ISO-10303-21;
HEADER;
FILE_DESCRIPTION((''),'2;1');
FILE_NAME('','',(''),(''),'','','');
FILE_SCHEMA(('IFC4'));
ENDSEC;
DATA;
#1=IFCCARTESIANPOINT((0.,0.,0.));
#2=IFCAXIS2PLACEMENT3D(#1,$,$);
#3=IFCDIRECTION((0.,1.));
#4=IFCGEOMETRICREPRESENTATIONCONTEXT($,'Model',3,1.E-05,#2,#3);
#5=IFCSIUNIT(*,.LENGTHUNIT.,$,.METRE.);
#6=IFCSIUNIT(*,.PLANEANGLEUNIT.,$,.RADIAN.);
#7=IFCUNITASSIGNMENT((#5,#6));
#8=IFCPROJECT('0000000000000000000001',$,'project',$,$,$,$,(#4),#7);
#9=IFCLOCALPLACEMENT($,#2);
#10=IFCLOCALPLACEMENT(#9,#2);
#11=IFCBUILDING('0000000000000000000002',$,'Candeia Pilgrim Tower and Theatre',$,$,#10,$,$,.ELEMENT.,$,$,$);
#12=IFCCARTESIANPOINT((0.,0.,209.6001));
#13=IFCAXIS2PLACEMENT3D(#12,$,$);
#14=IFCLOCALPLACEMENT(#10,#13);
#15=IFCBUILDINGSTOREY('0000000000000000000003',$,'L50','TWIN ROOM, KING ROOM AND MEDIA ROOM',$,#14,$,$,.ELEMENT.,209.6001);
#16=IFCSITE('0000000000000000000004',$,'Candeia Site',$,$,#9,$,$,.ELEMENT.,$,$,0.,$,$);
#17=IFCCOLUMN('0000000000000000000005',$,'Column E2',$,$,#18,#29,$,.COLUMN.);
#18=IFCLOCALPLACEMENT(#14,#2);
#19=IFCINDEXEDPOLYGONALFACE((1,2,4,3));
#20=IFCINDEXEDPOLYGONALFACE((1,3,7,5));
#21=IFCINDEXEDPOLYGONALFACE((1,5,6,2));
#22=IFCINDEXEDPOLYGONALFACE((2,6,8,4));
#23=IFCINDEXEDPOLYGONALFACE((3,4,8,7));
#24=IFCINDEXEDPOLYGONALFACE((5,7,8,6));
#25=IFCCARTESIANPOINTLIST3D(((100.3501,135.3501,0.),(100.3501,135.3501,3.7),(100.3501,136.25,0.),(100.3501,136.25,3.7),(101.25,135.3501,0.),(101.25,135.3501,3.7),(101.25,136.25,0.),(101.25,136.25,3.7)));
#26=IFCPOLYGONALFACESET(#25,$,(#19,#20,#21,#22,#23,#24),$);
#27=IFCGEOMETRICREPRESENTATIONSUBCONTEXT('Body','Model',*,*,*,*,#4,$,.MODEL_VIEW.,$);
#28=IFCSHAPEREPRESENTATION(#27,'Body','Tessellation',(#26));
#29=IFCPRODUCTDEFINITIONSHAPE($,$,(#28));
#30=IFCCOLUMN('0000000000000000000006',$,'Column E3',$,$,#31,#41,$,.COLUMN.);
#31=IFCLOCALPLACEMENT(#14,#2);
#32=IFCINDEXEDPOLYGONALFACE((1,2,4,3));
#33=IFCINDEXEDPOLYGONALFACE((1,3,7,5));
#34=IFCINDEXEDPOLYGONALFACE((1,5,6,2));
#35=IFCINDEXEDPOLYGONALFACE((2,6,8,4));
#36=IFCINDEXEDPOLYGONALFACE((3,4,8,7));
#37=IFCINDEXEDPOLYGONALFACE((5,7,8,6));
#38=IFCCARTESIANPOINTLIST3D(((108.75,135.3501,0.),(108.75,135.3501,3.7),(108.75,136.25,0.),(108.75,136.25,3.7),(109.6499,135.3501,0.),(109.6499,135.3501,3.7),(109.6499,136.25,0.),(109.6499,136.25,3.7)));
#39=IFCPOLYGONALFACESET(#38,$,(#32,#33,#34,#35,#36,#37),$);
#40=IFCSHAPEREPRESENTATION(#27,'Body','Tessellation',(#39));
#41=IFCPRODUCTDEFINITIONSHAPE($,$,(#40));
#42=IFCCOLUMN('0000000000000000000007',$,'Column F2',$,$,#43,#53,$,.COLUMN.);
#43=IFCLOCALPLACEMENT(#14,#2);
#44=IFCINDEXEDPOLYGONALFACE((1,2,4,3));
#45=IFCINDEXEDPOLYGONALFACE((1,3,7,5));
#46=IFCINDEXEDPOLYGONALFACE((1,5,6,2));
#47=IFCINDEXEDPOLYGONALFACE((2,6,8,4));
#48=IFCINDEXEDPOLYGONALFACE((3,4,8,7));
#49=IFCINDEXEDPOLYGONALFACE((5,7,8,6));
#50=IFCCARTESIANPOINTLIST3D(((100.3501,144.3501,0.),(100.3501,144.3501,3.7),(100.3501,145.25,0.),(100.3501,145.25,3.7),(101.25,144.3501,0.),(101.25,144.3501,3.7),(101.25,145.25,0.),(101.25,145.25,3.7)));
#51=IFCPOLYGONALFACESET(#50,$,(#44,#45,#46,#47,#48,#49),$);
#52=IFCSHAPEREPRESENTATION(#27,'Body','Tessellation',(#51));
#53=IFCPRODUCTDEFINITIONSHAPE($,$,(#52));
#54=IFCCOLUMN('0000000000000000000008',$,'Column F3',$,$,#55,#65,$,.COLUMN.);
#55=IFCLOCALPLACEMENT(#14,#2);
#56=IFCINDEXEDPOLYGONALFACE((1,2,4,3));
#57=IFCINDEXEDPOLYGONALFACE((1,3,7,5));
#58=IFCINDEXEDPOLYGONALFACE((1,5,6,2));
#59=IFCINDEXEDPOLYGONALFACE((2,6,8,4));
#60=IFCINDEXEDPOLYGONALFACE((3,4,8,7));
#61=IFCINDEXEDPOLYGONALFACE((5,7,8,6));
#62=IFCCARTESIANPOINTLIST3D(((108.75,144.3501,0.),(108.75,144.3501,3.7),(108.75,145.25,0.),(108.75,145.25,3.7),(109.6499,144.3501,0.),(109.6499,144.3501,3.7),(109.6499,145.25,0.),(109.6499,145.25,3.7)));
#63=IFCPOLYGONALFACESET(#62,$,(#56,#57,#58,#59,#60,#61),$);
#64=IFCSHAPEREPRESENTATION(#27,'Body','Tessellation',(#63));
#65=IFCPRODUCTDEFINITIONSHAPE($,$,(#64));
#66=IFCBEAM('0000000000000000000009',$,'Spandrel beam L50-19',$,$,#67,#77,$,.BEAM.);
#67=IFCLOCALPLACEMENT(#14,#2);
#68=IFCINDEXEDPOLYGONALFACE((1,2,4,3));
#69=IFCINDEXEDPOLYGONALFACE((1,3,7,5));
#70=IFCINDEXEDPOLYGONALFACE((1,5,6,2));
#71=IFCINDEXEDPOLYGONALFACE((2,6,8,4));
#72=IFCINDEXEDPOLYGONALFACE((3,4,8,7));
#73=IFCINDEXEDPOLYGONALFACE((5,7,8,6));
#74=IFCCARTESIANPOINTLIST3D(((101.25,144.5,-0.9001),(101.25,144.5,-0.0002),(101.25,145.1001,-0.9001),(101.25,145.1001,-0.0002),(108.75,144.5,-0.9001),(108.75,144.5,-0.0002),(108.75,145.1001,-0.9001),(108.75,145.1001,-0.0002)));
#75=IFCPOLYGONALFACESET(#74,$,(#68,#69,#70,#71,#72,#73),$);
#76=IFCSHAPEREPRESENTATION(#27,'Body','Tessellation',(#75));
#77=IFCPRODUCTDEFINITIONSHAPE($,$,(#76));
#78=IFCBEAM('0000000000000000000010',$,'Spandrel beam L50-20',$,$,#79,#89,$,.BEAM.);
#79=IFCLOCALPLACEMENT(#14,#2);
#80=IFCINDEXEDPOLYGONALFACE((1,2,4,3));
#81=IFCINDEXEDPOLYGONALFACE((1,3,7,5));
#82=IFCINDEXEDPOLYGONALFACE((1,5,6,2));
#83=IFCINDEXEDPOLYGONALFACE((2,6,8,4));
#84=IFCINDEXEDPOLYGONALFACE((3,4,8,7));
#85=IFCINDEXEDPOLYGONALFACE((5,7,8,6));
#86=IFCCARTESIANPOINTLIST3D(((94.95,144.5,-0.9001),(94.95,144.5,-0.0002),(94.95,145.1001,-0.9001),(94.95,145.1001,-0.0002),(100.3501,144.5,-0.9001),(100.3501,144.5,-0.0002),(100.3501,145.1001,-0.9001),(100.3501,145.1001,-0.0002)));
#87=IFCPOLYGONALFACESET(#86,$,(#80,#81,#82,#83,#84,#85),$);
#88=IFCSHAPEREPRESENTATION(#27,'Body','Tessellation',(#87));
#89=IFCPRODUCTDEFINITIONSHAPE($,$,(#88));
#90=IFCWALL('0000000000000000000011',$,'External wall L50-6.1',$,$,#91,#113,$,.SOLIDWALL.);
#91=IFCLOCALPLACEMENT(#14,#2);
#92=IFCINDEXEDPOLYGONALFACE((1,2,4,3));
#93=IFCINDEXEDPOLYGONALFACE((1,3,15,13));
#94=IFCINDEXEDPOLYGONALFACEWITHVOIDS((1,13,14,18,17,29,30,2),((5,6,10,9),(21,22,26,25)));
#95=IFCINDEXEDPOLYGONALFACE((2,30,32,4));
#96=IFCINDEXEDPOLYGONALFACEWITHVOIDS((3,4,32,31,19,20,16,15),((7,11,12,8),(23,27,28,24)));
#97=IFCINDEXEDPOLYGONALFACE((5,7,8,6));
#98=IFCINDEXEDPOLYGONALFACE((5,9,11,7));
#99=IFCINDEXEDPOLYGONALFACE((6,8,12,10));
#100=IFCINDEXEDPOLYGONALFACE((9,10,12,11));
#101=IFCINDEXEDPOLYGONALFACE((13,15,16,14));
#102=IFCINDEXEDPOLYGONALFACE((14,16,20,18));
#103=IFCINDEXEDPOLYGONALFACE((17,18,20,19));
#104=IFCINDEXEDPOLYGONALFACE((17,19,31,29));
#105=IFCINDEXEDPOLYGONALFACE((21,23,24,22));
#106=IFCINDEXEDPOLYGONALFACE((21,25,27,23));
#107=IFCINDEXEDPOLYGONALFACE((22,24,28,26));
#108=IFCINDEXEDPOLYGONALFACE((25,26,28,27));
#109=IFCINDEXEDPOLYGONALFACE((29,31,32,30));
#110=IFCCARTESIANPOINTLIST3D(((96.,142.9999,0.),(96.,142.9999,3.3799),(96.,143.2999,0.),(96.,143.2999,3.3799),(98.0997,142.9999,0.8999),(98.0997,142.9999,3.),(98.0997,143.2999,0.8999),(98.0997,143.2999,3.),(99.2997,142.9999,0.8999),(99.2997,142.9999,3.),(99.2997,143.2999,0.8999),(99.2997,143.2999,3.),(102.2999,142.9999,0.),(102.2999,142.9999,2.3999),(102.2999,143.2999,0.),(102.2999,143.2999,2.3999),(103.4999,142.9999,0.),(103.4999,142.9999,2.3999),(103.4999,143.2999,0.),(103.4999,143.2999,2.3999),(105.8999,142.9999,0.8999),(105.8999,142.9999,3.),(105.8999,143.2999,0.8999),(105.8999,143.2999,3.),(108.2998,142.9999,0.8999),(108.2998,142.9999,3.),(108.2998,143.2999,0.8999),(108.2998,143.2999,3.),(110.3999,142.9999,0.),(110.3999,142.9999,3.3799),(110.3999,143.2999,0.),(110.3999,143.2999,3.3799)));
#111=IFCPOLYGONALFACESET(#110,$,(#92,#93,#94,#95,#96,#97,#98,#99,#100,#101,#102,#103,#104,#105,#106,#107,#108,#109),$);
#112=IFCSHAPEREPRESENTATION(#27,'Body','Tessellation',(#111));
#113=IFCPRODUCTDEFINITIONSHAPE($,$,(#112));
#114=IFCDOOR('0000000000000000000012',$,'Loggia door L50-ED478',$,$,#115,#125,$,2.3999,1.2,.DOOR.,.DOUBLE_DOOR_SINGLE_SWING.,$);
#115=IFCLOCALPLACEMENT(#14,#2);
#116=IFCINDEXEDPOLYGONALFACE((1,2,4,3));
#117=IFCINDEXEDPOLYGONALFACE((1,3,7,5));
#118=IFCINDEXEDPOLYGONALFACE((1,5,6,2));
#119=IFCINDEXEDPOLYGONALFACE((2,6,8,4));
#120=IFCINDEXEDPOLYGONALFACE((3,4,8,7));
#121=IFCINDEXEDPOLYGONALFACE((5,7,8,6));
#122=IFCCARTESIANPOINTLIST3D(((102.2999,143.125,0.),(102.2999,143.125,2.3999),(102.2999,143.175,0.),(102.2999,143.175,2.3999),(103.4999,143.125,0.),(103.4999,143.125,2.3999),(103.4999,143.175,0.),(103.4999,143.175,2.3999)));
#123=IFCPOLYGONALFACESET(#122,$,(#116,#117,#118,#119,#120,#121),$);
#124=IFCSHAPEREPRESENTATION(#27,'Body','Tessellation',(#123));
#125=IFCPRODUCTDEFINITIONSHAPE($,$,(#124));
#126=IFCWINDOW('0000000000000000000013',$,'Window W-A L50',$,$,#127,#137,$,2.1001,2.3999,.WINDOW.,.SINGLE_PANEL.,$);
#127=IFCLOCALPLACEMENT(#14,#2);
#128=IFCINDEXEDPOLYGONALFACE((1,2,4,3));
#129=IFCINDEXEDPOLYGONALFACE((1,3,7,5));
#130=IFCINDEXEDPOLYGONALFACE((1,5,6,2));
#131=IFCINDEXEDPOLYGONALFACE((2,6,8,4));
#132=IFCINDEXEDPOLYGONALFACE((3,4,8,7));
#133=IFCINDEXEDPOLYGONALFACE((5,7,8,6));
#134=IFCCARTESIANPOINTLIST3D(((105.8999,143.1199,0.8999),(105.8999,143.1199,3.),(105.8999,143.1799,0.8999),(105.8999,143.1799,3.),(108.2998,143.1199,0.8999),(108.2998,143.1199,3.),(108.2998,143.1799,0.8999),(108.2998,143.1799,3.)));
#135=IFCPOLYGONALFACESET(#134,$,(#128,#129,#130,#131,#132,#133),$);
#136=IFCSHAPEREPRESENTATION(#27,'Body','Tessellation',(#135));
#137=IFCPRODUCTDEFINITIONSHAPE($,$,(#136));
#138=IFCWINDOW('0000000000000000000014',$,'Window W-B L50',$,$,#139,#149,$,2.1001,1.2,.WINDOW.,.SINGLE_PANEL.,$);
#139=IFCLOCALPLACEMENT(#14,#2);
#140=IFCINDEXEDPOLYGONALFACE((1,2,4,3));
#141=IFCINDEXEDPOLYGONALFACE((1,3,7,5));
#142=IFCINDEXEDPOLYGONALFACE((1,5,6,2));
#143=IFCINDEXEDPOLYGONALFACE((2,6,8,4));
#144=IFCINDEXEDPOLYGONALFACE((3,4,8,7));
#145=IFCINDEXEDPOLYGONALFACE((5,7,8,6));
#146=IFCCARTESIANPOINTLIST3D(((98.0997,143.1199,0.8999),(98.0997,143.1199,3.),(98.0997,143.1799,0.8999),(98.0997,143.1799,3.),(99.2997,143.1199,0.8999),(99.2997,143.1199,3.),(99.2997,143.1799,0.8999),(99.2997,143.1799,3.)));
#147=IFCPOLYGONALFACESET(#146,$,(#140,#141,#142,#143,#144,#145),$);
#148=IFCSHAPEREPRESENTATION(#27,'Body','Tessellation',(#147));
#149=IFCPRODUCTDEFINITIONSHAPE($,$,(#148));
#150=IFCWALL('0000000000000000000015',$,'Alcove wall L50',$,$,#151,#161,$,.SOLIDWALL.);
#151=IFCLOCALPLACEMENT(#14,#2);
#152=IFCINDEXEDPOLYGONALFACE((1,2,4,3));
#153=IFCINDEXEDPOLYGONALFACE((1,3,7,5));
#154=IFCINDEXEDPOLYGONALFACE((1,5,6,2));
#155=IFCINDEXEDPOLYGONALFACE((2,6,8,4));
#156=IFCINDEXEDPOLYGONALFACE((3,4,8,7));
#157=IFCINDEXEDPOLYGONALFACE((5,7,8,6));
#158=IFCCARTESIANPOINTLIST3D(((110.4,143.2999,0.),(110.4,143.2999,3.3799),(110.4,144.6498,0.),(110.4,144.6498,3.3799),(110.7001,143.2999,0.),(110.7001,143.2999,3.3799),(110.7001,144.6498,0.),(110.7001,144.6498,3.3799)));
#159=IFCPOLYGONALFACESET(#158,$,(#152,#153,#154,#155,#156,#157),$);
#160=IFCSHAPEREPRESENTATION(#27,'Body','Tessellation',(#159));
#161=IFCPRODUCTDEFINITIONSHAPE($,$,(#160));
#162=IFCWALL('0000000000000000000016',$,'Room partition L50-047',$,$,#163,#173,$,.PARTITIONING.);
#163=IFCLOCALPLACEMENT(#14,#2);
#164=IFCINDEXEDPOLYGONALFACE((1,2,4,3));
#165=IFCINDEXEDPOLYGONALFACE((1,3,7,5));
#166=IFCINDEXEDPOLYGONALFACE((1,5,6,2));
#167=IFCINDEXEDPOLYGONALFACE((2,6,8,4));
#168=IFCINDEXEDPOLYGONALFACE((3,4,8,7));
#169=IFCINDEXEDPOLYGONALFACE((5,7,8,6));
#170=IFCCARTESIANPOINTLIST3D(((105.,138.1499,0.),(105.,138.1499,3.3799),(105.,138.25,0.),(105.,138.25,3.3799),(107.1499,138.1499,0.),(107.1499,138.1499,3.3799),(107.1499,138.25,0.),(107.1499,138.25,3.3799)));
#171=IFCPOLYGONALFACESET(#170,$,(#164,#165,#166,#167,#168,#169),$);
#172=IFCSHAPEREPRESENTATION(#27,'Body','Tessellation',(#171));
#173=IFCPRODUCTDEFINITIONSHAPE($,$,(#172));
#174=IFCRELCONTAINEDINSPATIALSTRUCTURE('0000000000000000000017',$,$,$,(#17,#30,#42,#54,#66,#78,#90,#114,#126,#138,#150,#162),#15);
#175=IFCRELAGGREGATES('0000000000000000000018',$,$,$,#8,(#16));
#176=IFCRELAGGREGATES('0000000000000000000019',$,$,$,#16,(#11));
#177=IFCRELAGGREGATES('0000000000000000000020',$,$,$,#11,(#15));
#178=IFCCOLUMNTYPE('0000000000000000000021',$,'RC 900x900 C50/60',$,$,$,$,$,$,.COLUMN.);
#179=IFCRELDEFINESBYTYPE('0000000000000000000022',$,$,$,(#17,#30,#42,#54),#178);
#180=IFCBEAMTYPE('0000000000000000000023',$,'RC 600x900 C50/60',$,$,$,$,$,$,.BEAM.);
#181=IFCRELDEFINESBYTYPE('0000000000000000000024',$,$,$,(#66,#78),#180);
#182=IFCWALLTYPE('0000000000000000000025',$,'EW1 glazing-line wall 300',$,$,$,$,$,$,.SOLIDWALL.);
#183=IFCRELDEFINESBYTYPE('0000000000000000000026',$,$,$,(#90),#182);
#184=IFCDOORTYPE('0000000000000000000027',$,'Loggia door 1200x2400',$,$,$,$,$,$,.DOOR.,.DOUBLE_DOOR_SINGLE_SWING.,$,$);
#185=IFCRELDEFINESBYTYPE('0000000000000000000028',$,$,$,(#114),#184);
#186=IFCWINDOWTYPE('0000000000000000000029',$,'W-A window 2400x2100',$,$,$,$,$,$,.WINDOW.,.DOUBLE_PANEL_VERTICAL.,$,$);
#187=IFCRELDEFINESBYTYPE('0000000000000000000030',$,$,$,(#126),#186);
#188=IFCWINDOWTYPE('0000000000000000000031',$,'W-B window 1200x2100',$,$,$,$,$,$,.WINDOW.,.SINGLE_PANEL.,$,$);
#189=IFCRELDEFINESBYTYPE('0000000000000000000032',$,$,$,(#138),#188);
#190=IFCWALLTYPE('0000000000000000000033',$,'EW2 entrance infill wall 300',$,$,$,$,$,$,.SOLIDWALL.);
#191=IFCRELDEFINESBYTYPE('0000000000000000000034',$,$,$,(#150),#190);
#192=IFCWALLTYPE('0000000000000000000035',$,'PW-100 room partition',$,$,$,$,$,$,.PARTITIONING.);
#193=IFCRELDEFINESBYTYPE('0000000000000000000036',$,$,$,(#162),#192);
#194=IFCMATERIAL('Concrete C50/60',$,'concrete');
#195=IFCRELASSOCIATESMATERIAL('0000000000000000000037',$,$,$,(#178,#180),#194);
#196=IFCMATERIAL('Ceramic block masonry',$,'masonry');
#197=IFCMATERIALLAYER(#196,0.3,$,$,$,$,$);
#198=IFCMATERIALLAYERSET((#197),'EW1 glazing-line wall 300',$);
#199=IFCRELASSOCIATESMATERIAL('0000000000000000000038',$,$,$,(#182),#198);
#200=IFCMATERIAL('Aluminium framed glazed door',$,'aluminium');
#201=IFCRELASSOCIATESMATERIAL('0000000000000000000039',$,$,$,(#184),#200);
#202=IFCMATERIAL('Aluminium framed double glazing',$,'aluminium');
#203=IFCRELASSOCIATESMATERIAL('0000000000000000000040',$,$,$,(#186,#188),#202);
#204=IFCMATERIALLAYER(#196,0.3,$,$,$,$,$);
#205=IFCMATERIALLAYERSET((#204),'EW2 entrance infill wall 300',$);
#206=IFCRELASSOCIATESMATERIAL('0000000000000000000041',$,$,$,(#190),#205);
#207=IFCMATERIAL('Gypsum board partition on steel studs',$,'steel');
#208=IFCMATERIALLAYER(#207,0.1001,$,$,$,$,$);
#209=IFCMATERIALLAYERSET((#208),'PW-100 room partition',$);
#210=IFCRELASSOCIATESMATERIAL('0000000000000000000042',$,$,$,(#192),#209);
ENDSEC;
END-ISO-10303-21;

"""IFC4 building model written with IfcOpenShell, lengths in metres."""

from ifc_helpers import new_model, si_unit, direction, frame, frame_2d, origin, origin_2d, place, context, subcontext, project, spatial, rectangle, extrude, material, layer, layer_set, material_profile, profile_set, type_object, element, fill, save


model = new_model("IFC4")

# Units and contexts
model_context = context("Model", 3, precision=1e-05, world=origin(), true_north=direction((0.0, 1.0)))
body_context = subcontext(model_context, "Body", "Model", "MODEL_VIEW")
ifc_project = project(units=[si_unit("LENGTHUNIT", "METRE"), si_unit("PLANEANGLEUNIT", "RADIAN")], contexts=[model_context])

# Site, building, storey
site_placement = place(None, origin())
site = spatial("IfcSite", under=ifc_project, at=site_placement, Name="Candeia Site", CompositionType="ELEMENT", RefElevation=0.0)
building_placement = place(site_placement, origin())
building = spatial("IfcBuilding", under=site, at=building_placement, Name="Candeia Pilgrim Tower and Theatre", CompositionType="ELEMENT")
storey_placement = place(building_placement, frame((0.0, 0.0, 209.6001)))
storey = spatial("IfcBuildingStorey", under=building, at=storey_placement, Name="L50", Description="TWIN ROOM, KING ROOM AND MEDIA ROOM", CompositionType="ELEMENT", Elevation=209.6001)

# Columns
ifc_material_1 = material(Name="Concrete C50/60", Category="concrete")
ifc_material_profile_1 = material_profile(ifc_material_1, rectangle(XDim=0.8999, YDim=0.8999, at=origin_2d()))
ifc_profile_set_1 = profile_set([ifc_material_profile_1], Name="Concrete C50/60")
column_type = type_object("IfcColumnType", Name="RC 900x900 C50/60", PredefinedType="COLUMN", material=ifc_profile_set_1)
for number, where, z_axis, x_axis, name in (
    (1, (100.8, 135.8, 0.0), (0.0, 0.0, 1.0), (1.0, 0.0, 0.0), "Column E2"),
    (2, (109.2, 135.8, 0.0), (0.0, 0.0, 1.0), (1.0, 0.0, 0.0), "Column E3"),
    (3, (100.8, 144.8, 0.0), (0.0, 0.0, 1.0), (1.0, 0.0, 0.0), "Column F2"),
    (4, (109.2, 144.8, 0.0), (0.0, 0.0, 1.0), (1.0, 0.0, 0.0), "Column F3"),
):
    element("IfcColumn", number, at=place(storey_placement, frame(where, z_axis=z_axis, x_axis=x_axis)), inside=storey, type_object=column_type, Name=name, PredefinedType="COLUMN", context=body_context, shape_type="SweptSolid", body=[
        extrude(rectangle(XDim=0.8999, YDim=0.8999, at=origin_2d()), origin(), (0.0, 0.0, 1.0), 3.7),
    ])

# Beams
ifc_material_profile_2 = material_profile(ifc_material_1, rectangle(XDim=0.6001, YDim=0.8999, at=origin_2d()))
ifc_profile_set_2 = profile_set([ifc_material_profile_2], Name="Concrete C50/60")
beam_type = type_object("IfcBeamType", Name="RC 600x900 C50/60", PredefinedType="BEAM", material=ifc_profile_set_2)
beam_1_placement = place(storey_placement, frame((108.75, 144.8, -0.4502), z_axis=(-1.0, 0.0, 0.0), x_axis=(0.0, -1.0, 0.0)))
element("IfcBeam", 5, at=beam_1_placement, inside=storey, type_object=beam_type, Name="Spandrel beam L50-19", PredefinedType="BEAM", context=body_context, shape_type="SweptSolid", body=[
    extrude(rectangle(XDim=0.6001, YDim=0.8999, at=origin_2d()), origin(), (0.0, 0.0, 1.0), 7.5),
])
beam_2_placement = place(storey_placement, frame((100.3501, 144.8, -0.4502), z_axis=(-1.0, 0.0, 0.0), x_axis=(0.0, -1.0, 0.0)))
element("IfcBeam", 6, at=beam_2_placement, inside=storey, type_object=beam_type, Name="Spandrel beam L50-20", PredefinedType="BEAM", context=body_context, shape_type="SweptSolid", body=[
    extrude(rectangle(XDim=0.6001, YDim=0.8999, at=origin_2d()), origin(), (0.0, 0.0, 1.0), 5.4001),
])

# Wall, openings, door, windows
ifc_material_2 = material(Name="Ceramic block masonry", Category="masonry")
ifc_layer_1 = layer(ifc_material_2, 0.3)
ifc_layer_set_1 = layer_set([ifc_layer_1], Name="EW1 glazing-line wall 300")
wall_type_1 = type_object("IfcWallType", Name="EW1 glazing-line wall 300", PredefinedType="SOLIDWALL", material=ifc_layer_set_1)
wall_1_placement = place(storey_placement, frame((110.3999, 143.1499, 0.0), z_axis=(0.0, 0.0, 1.0), x_axis=(-1.0, 0.0, 0.0)))
wall_1 = element("IfcWall", 7, at=wall_1_placement, inside=storey, type_object=wall_type_1, Name="External wall L50-6.1", PredefinedType="SOLIDWALL", context=body_context, shape_type="SweptSolid", body=[
    extrude(rectangle(XDim=14.3999, YDim=0.3, at=frame_2d((7.2, 0.0))), origin(), (0.0, 0.0, 1.0), 3.3799),
])
opening_1_placement = place(wall_1_placement, frame((2.1001, 0.0, 0.8999)))
opening_1 = element("IfcOpeningElement", 8, at=opening_1_placement, cuts=wall_1, PredefinedType="OPENING", context=body_context, shape_type="SweptSolid", body=[
    extrude(rectangle(XDim=2.3999, YDim=2.1001, at=frame_2d((1.2, 1.05))), frame((0.0, 0.1602, 0.0), z_axis=(0.0, -1.0, 0.0), x_axis=(1.0, 0.0, 0.0)), (0.0, 0.0, 1.0), 0.3201),
])
opening_2_placement = place(wall_1_placement, frame((6.8999, 0.0, 0.0)))
opening_2 = element("IfcOpeningElement", 9, at=opening_2_placement, cuts=wall_1, PredefinedType="OPENING", context=body_context, shape_type="SweptSolid", body=[
    extrude(rectangle(XDim=1.2, YDim=2.3999, at=frame_2d((0.6001, 1.2))), frame((0.0, 0.1602, 0.0), z_axis=(0.0, -1.0, 0.0), x_axis=(1.0, 0.0, 0.0)), (0.0, 0.0, 1.0), 0.3201),
])
opening_3_placement = place(wall_1_placement, frame((11.1001, 0.0, 0.8999)))
opening_3 = element("IfcOpeningElement", 10, at=opening_3_placement, cuts=wall_1, PredefinedType="OPENING", context=body_context, shape_type="SweptSolid", body=[
    extrude(rectangle(XDim=1.2, YDim=2.1001, at=frame_2d((0.6001, 1.05))), frame((0.0, 0.1602, 0.0), z_axis=(0.0, -1.0, 0.0), x_axis=(1.0, 0.0, 0.0)), (0.0, 0.0, 1.0), 0.3201),
])
ifc_material_3 = material(Name="Aluminium framed glazed door", Category="aluminium")
door_type_1 = type_object("IfcDoorType", Name="Loggia door 1200x2400", OperationType="DOUBLE_DOOR_SINGLE_SWING", PredefinedType="DOOR", material=ifc_material_3)
door_1_placement = place(opening_2_placement, origin())
door_1 = element("IfcDoor", 11, at=door_1_placement, inside=storey, type_object=door_type_1, Name="Loggia door L50-ED478", OperationType="DOUBLE_DOOR_SINGLE_SWING", OverallHeight=2.3999, OverallWidth=1.2, PredefinedType="DOOR", context=body_context, shape_type="SweptSolid", body=[
    extrude(rectangle(XDim=1.2, YDim=2.3999, at=frame_2d((0.6001, 1.2))), frame((0.0, 0.0249, 0.0), z_axis=(0.0, -1.0, 0.0), x_axis=(1.0, 0.0, 0.0)), (0.0, 0.0, 1.0), 0.05),
])
fill(opening_2, door_1)
ifc_material_4 = material(Name="Aluminium framed double glazing", Category="aluminium")
window_type_1 = type_object("IfcWindowType", Name="W-A window 2400x2100", PartitioningType="DOUBLE_PANEL_VERTICAL", PredefinedType="WINDOW", material=ifc_material_4)
window_1_placement = place(opening_1_placement, origin())
window_1 = element("IfcWindow", 12, at=window_1_placement, inside=storey, type_object=window_type_1, Name="Window W-A L50", OverallHeight=2.1001, OverallWidth=2.3999, PartitioningType="SINGLE_PANEL", PredefinedType="WINDOW", context=body_context, shape_type="SweptSolid", body=[
    extrude(rectangle(XDim=2.3999, YDim=2.1001, at=frame_2d((1.2, 1.05))), frame((0.0, 0.03, 0.0), z_axis=(0.0, -1.0, 0.0), x_axis=(1.0, 0.0, 0.0)), (0.0, 0.0, 1.0), 0.0601),
])
fill(opening_1, window_1)
window_type_2 = type_object("IfcWindowType", Name="W-B window 1200x2100", PartitioningType="SINGLE_PANEL", PredefinedType="WINDOW", material=ifc_material_4)
window_2_placement = place(opening_3_placement, origin())
window_2 = element("IfcWindow", 13, at=window_2_placement, inside=storey, type_object=window_type_2, Name="Window W-B L50", OverallHeight=2.1001, OverallWidth=1.2, PartitioningType="SINGLE_PANEL", PredefinedType="WINDOW", context=body_context, shape_type="SweptSolid", body=[
    extrude(rectangle(XDim=1.2, YDim=2.1001, at=frame_2d((0.6001, 1.05))), frame((0.0, 0.03, 0.0), z_axis=(0.0, -1.0, 0.0), x_axis=(1.0, 0.0, 0.0)), (0.0, 0.0, 1.0), 0.0601),
])
fill(opening_3, window_2)

# Walls
ifc_layer_2 = layer(ifc_material_2, 0.3)
ifc_layer_set_2 = layer_set([ifc_layer_2], Name="EW2 entrance infill wall 300")
wall_type_2 = type_object("IfcWallType", Name="EW2 entrance infill wall 300", PredefinedType="SOLIDWALL", material=ifc_layer_set_2)
wall_2_placement = place(storey_placement, frame((110.55, 143.3, 0.0), z_axis=(0.0, 0.0, 1.0), x_axis=(0.0, 1.0, 0.0)))
element("IfcWall", 14, at=wall_2_placement, inside=storey, type_object=wall_type_2, Name="Alcove wall L50", PredefinedType="SOLIDWALL", context=body_context, shape_type="SweptSolid", body=[
    extrude(rectangle(XDim=1.3499, YDim=0.3, at=frame_2d((0.6748, 0.0))), origin(), (0.0, 0.0, 1.0), 3.3799),
])
ifc_material_5 = material(Name="Gypsum board partition on steel studs", Category="steel")
ifc_layer_3 = layer(ifc_material_5, 0.1001)
ifc_layer_set_3 = layer_set([ifc_layer_3], Name="PW-100 room partition")
wall_type_3 = type_object("IfcWallType", Name="PW-100 room partition", PredefinedType="PARTITIONING", material=ifc_layer_set_3)
wall_3_placement = place(storey_placement, frame((105.0, 138.2, 0.0), z_axis=(0.0, 0.0, 1.0), x_axis=(1.0, 0.0, 0.0)))
element("IfcWall", 15, at=wall_3_placement, inside=storey, type_object=wall_type_3, Name="Room partition L50-047", PredefinedType="PARTITIONING", context=body_context, shape_type="SweptSolid", body=[
    extrude(rectangle(XDim=2.1499, YDim=0.1001, at=frame_2d((1.075, 0.0))), origin(), (0.0, 0.0, 1.0), 3.3799),
])

save(model, "model.ifc")
